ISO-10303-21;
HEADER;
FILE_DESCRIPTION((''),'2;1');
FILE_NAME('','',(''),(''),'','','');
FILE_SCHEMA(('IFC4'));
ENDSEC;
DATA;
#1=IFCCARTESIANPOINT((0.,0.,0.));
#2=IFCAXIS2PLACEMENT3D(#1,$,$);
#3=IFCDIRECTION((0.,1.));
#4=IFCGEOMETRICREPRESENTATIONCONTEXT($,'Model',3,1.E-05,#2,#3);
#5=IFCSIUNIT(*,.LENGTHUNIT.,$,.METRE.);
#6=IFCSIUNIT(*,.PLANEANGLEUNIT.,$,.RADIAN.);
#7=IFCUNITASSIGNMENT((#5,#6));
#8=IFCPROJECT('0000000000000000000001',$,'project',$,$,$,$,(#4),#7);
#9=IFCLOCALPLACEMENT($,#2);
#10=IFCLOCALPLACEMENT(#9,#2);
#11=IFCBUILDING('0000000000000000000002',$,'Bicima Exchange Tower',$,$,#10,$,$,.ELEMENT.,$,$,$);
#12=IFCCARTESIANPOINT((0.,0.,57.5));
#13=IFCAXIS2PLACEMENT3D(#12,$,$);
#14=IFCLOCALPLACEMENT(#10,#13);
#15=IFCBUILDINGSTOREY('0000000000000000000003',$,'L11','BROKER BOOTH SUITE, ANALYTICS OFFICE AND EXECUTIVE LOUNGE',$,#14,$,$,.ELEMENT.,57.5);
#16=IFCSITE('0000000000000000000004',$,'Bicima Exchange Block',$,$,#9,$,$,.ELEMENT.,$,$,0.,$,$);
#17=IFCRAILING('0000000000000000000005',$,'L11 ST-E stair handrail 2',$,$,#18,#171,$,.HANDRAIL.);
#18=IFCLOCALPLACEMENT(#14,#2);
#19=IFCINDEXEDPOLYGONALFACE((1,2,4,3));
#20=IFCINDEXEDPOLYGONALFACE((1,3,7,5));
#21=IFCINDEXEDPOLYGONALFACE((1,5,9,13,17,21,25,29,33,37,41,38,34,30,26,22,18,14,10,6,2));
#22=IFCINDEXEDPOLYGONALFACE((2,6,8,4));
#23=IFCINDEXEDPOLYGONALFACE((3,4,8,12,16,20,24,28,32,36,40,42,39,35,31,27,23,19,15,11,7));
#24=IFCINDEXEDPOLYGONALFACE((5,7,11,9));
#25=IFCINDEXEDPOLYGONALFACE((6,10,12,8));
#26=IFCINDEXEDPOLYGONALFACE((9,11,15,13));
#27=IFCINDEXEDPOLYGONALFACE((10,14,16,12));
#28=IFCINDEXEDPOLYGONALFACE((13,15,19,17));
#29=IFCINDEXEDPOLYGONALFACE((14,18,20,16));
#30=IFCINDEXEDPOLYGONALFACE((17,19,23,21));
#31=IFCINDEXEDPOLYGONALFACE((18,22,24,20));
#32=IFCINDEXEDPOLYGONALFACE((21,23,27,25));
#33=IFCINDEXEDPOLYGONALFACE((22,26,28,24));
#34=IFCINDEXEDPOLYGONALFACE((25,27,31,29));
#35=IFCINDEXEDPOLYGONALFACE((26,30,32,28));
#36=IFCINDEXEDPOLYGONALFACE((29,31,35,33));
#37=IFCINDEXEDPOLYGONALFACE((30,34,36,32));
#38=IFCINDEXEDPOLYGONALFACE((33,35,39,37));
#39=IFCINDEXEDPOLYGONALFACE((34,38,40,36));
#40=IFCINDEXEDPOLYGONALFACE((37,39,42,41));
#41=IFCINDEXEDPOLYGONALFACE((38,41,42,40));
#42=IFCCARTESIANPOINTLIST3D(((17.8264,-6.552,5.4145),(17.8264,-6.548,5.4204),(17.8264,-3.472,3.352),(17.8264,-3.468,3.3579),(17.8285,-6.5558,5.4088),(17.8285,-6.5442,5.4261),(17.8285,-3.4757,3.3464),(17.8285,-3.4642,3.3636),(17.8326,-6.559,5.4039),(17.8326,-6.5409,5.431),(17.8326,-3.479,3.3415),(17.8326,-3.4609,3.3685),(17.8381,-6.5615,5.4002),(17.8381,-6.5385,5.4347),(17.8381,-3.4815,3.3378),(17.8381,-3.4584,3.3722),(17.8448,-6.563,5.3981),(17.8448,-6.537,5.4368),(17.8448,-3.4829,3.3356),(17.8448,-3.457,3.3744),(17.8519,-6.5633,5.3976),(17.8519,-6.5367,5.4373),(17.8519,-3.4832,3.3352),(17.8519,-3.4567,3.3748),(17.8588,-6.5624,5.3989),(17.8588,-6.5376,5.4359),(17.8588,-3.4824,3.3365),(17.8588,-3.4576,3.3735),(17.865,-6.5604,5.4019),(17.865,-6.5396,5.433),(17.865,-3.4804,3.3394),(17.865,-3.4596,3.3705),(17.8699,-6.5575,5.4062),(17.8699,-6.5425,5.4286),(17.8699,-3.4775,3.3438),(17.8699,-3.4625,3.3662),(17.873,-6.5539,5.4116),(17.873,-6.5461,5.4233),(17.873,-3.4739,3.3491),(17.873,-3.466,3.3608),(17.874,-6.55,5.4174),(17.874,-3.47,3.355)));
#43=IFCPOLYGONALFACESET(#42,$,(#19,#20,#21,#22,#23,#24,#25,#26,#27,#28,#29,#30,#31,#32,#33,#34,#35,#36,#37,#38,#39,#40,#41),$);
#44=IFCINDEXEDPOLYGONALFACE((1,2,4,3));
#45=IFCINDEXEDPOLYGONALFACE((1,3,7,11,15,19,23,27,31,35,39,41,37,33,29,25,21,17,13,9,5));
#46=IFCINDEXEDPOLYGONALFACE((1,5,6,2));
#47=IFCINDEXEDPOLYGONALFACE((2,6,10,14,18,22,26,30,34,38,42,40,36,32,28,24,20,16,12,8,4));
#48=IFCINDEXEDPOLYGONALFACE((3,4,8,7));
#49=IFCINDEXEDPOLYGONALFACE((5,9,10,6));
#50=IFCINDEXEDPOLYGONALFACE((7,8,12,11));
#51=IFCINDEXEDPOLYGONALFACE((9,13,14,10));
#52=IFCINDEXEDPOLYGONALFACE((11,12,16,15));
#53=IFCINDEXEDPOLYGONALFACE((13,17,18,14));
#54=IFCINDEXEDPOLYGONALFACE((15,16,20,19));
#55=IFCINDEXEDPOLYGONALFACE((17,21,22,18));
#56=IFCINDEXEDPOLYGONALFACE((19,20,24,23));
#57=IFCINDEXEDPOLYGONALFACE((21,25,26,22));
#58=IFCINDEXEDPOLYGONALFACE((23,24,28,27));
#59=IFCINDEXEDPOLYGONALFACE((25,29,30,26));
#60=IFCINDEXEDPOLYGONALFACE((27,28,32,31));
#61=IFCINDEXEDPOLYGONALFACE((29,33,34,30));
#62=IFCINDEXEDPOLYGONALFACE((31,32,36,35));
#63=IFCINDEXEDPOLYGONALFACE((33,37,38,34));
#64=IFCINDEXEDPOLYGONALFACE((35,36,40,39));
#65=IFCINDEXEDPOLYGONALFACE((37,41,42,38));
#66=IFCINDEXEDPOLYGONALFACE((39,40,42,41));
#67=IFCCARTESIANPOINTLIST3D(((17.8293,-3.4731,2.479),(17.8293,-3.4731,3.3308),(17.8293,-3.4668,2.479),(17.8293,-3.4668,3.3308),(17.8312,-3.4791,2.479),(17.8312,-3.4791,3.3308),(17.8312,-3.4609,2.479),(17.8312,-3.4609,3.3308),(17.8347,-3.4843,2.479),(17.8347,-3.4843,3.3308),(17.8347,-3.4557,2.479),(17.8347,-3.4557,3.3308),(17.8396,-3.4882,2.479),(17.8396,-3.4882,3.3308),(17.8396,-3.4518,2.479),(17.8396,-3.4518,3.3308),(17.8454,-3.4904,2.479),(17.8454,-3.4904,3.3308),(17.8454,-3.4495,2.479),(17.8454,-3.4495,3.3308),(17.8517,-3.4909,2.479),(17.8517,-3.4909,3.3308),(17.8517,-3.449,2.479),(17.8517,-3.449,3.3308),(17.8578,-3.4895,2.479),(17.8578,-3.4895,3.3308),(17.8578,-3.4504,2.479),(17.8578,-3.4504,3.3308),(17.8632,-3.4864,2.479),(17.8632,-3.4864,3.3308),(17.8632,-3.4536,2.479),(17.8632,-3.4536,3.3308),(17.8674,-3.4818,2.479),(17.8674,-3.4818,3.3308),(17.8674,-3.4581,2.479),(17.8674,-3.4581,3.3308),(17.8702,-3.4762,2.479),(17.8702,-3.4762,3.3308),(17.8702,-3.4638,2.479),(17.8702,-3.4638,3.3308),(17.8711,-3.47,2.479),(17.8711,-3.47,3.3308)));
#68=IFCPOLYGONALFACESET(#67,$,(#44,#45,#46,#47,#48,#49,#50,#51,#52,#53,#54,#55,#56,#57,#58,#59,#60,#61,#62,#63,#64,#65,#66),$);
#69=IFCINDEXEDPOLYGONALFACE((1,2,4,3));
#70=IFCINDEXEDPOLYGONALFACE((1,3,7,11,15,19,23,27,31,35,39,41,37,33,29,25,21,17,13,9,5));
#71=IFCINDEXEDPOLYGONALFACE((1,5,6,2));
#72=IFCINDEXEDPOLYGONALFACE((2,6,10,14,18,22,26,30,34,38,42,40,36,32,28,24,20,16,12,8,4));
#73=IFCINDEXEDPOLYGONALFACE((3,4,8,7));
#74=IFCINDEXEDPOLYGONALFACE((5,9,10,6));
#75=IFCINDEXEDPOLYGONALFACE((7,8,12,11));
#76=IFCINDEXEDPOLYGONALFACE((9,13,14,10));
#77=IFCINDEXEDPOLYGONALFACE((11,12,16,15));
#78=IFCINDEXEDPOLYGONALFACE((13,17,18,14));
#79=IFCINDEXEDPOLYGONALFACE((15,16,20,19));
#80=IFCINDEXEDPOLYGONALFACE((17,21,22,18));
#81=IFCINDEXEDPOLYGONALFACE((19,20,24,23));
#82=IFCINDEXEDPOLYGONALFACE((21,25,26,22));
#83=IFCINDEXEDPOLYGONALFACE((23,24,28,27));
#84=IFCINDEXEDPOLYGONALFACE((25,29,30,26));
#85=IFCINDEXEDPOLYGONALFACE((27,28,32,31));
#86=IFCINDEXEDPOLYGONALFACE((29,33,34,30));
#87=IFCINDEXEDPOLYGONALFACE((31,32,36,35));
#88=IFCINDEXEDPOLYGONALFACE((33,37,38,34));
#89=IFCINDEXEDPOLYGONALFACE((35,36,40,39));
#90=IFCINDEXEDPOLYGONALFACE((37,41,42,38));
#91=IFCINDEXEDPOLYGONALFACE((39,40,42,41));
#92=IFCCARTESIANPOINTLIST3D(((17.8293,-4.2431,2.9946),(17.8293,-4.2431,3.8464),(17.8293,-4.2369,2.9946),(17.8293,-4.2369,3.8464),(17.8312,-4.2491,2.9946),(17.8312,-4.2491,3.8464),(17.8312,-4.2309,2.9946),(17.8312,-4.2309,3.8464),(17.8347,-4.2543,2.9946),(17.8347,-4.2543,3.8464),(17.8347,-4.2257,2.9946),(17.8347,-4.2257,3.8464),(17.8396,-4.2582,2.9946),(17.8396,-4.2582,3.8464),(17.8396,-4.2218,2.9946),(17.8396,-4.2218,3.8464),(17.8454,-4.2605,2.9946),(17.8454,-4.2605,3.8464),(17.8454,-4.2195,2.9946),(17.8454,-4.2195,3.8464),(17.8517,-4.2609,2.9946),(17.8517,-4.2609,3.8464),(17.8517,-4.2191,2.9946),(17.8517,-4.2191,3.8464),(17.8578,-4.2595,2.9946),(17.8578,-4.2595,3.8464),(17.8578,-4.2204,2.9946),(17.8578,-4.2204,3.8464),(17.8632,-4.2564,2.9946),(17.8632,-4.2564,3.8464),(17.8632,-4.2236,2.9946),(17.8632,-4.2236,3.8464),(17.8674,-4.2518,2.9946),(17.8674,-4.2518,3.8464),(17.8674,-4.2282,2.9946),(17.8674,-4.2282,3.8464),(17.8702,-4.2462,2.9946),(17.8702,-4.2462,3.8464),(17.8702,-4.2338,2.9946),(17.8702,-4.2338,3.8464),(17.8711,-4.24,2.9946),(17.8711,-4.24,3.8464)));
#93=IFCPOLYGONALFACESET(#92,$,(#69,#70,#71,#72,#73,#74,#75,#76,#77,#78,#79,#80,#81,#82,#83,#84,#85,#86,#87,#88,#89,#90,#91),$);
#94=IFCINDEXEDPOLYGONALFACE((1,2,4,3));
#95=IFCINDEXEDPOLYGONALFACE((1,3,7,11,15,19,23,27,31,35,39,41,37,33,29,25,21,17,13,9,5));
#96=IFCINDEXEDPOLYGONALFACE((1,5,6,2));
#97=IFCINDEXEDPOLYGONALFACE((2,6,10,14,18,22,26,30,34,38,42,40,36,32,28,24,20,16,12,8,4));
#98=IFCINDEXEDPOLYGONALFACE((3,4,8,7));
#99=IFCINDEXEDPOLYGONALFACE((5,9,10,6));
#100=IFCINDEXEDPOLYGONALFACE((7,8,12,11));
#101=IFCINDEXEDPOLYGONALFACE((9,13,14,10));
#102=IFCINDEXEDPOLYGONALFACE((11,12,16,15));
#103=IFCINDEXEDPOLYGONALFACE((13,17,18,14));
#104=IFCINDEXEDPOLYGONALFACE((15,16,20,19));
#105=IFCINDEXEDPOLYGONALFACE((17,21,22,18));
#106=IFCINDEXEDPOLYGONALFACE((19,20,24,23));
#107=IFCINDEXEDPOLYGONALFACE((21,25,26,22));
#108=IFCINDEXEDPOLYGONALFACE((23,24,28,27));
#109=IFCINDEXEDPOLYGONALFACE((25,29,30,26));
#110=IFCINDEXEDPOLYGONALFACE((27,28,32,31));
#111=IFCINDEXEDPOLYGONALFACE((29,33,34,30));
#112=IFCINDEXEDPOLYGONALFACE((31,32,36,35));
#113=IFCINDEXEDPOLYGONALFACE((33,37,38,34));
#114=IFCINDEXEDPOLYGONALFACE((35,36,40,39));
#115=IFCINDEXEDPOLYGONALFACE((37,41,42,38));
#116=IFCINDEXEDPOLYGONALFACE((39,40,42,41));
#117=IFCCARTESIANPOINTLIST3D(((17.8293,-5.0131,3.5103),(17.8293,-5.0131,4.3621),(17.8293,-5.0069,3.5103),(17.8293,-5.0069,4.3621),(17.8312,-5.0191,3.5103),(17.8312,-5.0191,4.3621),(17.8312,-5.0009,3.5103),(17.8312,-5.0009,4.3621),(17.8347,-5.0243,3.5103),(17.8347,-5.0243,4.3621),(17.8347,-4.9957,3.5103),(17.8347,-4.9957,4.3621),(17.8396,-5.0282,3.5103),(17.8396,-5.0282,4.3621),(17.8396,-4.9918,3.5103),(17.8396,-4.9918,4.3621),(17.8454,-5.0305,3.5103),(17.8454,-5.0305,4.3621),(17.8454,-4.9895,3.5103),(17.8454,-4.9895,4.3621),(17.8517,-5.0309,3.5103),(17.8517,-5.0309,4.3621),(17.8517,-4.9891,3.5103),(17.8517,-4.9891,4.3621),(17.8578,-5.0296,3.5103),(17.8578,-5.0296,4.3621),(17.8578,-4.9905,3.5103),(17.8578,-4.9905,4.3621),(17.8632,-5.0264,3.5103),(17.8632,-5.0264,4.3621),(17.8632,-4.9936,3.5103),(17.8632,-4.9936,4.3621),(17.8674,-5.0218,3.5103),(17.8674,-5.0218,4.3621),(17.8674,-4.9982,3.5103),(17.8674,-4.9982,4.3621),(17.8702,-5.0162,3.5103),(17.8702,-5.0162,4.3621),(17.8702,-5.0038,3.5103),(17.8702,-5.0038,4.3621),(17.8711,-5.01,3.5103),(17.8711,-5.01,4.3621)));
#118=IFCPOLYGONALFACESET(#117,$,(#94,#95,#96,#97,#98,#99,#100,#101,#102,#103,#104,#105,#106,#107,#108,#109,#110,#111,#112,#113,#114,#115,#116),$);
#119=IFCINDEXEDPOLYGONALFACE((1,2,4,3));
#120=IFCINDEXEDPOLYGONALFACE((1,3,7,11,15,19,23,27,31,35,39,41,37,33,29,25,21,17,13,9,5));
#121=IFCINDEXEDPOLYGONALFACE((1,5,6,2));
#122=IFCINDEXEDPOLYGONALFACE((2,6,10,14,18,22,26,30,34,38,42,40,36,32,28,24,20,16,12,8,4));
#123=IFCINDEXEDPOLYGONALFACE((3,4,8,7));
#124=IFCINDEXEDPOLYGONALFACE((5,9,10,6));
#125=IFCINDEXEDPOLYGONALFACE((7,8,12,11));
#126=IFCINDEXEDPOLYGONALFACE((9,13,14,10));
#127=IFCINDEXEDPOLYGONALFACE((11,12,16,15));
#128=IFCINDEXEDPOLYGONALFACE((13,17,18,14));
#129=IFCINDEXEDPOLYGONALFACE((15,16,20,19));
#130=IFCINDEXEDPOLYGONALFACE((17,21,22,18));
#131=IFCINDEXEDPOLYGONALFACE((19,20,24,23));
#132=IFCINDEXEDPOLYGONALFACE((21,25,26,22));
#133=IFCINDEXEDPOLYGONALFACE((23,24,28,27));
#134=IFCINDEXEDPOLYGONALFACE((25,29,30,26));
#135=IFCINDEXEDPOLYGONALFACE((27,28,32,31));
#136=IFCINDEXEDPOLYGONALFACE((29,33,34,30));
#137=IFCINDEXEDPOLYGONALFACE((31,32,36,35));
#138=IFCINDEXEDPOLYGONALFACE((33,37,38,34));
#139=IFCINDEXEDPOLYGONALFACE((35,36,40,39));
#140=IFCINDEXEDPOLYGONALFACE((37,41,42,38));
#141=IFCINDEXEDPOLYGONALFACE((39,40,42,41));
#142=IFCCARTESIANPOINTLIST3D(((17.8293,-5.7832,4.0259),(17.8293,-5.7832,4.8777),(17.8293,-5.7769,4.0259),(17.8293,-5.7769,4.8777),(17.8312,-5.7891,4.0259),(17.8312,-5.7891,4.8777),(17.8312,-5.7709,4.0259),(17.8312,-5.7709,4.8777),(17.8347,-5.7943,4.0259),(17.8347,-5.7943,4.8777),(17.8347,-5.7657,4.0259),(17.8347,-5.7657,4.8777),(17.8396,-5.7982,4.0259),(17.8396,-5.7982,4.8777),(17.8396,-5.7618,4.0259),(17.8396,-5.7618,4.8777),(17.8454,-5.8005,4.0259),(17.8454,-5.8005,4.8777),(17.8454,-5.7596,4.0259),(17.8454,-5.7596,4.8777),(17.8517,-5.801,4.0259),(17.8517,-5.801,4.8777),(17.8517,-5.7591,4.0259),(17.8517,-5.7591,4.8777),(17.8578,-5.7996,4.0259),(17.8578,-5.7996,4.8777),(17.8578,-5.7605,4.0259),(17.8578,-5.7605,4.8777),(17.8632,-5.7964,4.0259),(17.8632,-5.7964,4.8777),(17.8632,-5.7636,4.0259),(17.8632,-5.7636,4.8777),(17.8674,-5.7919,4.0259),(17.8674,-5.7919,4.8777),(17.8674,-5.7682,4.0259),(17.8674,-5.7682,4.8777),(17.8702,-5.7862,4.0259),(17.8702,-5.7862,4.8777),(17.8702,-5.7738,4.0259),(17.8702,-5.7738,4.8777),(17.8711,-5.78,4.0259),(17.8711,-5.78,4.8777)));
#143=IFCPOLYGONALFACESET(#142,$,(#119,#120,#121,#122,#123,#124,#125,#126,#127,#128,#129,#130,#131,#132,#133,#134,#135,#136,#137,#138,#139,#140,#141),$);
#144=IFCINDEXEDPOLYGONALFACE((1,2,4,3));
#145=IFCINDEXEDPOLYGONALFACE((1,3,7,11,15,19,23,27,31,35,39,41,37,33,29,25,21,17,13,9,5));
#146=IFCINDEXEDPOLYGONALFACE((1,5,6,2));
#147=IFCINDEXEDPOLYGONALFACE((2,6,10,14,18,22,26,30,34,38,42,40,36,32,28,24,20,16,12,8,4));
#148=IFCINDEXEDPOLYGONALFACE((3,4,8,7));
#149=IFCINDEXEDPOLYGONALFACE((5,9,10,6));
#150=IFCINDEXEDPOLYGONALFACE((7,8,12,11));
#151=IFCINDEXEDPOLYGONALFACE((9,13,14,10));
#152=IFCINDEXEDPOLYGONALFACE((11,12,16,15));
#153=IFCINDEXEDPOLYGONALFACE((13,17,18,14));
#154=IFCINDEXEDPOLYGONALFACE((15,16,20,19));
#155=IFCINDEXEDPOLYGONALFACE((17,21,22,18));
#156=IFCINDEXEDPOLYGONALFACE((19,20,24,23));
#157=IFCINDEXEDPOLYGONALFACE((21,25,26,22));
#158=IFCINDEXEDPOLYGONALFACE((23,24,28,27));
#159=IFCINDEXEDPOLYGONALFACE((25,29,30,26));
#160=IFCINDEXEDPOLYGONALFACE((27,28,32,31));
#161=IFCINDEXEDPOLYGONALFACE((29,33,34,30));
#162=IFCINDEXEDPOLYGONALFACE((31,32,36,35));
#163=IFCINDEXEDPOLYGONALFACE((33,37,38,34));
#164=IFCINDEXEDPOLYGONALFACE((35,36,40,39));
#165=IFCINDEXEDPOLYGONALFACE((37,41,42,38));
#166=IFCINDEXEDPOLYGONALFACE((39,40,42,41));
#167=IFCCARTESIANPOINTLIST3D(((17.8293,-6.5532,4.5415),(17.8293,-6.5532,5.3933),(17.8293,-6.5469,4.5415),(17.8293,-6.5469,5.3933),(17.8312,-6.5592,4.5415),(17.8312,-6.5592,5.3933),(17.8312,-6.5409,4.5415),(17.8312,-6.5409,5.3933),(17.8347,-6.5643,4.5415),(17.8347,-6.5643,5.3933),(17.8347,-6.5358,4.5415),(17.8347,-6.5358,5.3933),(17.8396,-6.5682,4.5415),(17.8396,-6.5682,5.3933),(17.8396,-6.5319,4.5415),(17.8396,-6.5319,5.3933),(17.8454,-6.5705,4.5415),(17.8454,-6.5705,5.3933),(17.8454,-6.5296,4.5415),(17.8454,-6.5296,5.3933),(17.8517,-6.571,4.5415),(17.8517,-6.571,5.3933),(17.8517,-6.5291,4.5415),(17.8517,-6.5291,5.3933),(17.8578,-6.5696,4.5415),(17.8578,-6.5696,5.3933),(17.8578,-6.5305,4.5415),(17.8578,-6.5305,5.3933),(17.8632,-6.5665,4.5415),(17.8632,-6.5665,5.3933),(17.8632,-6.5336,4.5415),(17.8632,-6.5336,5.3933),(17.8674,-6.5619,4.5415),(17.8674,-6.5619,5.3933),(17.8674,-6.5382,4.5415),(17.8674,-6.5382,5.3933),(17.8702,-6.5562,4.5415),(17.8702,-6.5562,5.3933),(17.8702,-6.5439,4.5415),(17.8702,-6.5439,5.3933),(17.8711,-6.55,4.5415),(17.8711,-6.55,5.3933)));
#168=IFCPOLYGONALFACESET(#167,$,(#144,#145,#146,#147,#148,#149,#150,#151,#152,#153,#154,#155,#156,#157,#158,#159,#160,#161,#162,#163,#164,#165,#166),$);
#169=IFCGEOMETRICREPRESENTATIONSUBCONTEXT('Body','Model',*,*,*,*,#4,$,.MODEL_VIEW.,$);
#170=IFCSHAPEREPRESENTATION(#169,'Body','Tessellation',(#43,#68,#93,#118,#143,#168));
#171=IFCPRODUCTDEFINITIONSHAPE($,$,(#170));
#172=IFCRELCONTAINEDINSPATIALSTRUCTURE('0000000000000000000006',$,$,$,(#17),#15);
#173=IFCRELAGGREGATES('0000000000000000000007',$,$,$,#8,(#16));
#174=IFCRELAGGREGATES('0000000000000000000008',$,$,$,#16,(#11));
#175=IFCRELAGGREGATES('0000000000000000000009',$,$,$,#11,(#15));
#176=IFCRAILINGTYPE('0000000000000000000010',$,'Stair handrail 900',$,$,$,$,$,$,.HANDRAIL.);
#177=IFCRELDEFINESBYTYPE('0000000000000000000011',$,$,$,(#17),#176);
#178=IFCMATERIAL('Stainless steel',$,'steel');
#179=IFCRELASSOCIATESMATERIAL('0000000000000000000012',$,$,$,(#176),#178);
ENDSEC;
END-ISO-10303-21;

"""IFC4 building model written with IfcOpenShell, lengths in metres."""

from ifc_helpers import new_model, si_unit, direction, frame, origin, origin_2d, place, context, subcontext, project, spatial, circle, extrude, material, type_object, element, save


model = new_model("IFC4")

# Units and contexts
model_context = context("Model", 3, precision=1e-05, world=origin(), true_north=direction((0.0, 1.0)))
body_context = subcontext(model_context, "Body", "Model", "MODEL_VIEW")
ifc_project = project(units=[si_unit("LENGTHUNIT", "METRE"), si_unit("PLANEANGLEUNIT", "RADIAN")], contexts=[model_context])

# Site, building, storey
site_placement = place(None, origin())
site = spatial("IfcSite", under=ifc_project, at=site_placement, Name="Bicima Exchange Block", CompositionType="ELEMENT", RefElevation=0.0)
building_placement = place(site_placement, origin())
building = spatial("IfcBuilding", under=site, at=building_placement, Name="Bicima Exchange Tower", CompositionType="ELEMENT")
storey_placement = place(building_placement, frame((0.0, 0.0, 57.5)))
storey = spatial("IfcBuildingStorey", under=building, at=storey_placement, Name="L11", Description="BROKER BOOTH SUITE, ANALYTICS OFFICE AND EXECUTIVE LOUNGE", CompositionType="ELEMENT", Elevation=57.5)

# Railing
ifc_material_1 = material(Name="Stainless steel", Category="steel")
railing_type_1 = type_object("IfcRailingType", Name="Stair handrail 900", PredefinedType="HANDRAIL", material=ifc_material_1)
railing_1_placement = place(storey_placement, frame((17.8501, -3.47, 2.479)))
element("IfcRailing", 1, at=railing_1_placement, inside=storey, type_object=railing_type_1, Name="L11 ST-E stair handrail 2", PredefinedType="HANDRAIL", context=body_context, shape_type="SweptSolid", body=[
    extrude(circle(Radius=0.0239, at=origin_2d()), frame((0.0, 0.0, 0.876), z_axis=(0.0, -0.830914, 0.556401), x_axis=(1.0, 0.0, 0.0)), (0.0, 0.0, 1.0), 3.7068),
    extrude(circle(Radius=0.021, at=origin_2d()), origin(), (0.0, 0.0, 1.0), 0.8518),
    extrude(circle(Radius=0.021, at=origin_2d()), frame((0.0, -0.77, 0.5156)), (0.0, 0.0, 1.0), 0.8518),
    extrude(circle(Radius=0.021, at=origin_2d()), frame((0.0, -1.54, 1.0312)), (0.0, 0.0, 1.0), 0.8518),
    extrude(circle(Radius=0.021, at=origin_2d()), frame((0.0, -2.3101, 1.5469)), (0.0, 0.0, 1.0), 0.8518),
    extrude(circle(Radius=0.021, at=origin_2d()), frame((0.0, -3.0801, 2.0625)), (0.0, 0.0, 1.0), 0.8518),
])

save(model, "model.ifc")
